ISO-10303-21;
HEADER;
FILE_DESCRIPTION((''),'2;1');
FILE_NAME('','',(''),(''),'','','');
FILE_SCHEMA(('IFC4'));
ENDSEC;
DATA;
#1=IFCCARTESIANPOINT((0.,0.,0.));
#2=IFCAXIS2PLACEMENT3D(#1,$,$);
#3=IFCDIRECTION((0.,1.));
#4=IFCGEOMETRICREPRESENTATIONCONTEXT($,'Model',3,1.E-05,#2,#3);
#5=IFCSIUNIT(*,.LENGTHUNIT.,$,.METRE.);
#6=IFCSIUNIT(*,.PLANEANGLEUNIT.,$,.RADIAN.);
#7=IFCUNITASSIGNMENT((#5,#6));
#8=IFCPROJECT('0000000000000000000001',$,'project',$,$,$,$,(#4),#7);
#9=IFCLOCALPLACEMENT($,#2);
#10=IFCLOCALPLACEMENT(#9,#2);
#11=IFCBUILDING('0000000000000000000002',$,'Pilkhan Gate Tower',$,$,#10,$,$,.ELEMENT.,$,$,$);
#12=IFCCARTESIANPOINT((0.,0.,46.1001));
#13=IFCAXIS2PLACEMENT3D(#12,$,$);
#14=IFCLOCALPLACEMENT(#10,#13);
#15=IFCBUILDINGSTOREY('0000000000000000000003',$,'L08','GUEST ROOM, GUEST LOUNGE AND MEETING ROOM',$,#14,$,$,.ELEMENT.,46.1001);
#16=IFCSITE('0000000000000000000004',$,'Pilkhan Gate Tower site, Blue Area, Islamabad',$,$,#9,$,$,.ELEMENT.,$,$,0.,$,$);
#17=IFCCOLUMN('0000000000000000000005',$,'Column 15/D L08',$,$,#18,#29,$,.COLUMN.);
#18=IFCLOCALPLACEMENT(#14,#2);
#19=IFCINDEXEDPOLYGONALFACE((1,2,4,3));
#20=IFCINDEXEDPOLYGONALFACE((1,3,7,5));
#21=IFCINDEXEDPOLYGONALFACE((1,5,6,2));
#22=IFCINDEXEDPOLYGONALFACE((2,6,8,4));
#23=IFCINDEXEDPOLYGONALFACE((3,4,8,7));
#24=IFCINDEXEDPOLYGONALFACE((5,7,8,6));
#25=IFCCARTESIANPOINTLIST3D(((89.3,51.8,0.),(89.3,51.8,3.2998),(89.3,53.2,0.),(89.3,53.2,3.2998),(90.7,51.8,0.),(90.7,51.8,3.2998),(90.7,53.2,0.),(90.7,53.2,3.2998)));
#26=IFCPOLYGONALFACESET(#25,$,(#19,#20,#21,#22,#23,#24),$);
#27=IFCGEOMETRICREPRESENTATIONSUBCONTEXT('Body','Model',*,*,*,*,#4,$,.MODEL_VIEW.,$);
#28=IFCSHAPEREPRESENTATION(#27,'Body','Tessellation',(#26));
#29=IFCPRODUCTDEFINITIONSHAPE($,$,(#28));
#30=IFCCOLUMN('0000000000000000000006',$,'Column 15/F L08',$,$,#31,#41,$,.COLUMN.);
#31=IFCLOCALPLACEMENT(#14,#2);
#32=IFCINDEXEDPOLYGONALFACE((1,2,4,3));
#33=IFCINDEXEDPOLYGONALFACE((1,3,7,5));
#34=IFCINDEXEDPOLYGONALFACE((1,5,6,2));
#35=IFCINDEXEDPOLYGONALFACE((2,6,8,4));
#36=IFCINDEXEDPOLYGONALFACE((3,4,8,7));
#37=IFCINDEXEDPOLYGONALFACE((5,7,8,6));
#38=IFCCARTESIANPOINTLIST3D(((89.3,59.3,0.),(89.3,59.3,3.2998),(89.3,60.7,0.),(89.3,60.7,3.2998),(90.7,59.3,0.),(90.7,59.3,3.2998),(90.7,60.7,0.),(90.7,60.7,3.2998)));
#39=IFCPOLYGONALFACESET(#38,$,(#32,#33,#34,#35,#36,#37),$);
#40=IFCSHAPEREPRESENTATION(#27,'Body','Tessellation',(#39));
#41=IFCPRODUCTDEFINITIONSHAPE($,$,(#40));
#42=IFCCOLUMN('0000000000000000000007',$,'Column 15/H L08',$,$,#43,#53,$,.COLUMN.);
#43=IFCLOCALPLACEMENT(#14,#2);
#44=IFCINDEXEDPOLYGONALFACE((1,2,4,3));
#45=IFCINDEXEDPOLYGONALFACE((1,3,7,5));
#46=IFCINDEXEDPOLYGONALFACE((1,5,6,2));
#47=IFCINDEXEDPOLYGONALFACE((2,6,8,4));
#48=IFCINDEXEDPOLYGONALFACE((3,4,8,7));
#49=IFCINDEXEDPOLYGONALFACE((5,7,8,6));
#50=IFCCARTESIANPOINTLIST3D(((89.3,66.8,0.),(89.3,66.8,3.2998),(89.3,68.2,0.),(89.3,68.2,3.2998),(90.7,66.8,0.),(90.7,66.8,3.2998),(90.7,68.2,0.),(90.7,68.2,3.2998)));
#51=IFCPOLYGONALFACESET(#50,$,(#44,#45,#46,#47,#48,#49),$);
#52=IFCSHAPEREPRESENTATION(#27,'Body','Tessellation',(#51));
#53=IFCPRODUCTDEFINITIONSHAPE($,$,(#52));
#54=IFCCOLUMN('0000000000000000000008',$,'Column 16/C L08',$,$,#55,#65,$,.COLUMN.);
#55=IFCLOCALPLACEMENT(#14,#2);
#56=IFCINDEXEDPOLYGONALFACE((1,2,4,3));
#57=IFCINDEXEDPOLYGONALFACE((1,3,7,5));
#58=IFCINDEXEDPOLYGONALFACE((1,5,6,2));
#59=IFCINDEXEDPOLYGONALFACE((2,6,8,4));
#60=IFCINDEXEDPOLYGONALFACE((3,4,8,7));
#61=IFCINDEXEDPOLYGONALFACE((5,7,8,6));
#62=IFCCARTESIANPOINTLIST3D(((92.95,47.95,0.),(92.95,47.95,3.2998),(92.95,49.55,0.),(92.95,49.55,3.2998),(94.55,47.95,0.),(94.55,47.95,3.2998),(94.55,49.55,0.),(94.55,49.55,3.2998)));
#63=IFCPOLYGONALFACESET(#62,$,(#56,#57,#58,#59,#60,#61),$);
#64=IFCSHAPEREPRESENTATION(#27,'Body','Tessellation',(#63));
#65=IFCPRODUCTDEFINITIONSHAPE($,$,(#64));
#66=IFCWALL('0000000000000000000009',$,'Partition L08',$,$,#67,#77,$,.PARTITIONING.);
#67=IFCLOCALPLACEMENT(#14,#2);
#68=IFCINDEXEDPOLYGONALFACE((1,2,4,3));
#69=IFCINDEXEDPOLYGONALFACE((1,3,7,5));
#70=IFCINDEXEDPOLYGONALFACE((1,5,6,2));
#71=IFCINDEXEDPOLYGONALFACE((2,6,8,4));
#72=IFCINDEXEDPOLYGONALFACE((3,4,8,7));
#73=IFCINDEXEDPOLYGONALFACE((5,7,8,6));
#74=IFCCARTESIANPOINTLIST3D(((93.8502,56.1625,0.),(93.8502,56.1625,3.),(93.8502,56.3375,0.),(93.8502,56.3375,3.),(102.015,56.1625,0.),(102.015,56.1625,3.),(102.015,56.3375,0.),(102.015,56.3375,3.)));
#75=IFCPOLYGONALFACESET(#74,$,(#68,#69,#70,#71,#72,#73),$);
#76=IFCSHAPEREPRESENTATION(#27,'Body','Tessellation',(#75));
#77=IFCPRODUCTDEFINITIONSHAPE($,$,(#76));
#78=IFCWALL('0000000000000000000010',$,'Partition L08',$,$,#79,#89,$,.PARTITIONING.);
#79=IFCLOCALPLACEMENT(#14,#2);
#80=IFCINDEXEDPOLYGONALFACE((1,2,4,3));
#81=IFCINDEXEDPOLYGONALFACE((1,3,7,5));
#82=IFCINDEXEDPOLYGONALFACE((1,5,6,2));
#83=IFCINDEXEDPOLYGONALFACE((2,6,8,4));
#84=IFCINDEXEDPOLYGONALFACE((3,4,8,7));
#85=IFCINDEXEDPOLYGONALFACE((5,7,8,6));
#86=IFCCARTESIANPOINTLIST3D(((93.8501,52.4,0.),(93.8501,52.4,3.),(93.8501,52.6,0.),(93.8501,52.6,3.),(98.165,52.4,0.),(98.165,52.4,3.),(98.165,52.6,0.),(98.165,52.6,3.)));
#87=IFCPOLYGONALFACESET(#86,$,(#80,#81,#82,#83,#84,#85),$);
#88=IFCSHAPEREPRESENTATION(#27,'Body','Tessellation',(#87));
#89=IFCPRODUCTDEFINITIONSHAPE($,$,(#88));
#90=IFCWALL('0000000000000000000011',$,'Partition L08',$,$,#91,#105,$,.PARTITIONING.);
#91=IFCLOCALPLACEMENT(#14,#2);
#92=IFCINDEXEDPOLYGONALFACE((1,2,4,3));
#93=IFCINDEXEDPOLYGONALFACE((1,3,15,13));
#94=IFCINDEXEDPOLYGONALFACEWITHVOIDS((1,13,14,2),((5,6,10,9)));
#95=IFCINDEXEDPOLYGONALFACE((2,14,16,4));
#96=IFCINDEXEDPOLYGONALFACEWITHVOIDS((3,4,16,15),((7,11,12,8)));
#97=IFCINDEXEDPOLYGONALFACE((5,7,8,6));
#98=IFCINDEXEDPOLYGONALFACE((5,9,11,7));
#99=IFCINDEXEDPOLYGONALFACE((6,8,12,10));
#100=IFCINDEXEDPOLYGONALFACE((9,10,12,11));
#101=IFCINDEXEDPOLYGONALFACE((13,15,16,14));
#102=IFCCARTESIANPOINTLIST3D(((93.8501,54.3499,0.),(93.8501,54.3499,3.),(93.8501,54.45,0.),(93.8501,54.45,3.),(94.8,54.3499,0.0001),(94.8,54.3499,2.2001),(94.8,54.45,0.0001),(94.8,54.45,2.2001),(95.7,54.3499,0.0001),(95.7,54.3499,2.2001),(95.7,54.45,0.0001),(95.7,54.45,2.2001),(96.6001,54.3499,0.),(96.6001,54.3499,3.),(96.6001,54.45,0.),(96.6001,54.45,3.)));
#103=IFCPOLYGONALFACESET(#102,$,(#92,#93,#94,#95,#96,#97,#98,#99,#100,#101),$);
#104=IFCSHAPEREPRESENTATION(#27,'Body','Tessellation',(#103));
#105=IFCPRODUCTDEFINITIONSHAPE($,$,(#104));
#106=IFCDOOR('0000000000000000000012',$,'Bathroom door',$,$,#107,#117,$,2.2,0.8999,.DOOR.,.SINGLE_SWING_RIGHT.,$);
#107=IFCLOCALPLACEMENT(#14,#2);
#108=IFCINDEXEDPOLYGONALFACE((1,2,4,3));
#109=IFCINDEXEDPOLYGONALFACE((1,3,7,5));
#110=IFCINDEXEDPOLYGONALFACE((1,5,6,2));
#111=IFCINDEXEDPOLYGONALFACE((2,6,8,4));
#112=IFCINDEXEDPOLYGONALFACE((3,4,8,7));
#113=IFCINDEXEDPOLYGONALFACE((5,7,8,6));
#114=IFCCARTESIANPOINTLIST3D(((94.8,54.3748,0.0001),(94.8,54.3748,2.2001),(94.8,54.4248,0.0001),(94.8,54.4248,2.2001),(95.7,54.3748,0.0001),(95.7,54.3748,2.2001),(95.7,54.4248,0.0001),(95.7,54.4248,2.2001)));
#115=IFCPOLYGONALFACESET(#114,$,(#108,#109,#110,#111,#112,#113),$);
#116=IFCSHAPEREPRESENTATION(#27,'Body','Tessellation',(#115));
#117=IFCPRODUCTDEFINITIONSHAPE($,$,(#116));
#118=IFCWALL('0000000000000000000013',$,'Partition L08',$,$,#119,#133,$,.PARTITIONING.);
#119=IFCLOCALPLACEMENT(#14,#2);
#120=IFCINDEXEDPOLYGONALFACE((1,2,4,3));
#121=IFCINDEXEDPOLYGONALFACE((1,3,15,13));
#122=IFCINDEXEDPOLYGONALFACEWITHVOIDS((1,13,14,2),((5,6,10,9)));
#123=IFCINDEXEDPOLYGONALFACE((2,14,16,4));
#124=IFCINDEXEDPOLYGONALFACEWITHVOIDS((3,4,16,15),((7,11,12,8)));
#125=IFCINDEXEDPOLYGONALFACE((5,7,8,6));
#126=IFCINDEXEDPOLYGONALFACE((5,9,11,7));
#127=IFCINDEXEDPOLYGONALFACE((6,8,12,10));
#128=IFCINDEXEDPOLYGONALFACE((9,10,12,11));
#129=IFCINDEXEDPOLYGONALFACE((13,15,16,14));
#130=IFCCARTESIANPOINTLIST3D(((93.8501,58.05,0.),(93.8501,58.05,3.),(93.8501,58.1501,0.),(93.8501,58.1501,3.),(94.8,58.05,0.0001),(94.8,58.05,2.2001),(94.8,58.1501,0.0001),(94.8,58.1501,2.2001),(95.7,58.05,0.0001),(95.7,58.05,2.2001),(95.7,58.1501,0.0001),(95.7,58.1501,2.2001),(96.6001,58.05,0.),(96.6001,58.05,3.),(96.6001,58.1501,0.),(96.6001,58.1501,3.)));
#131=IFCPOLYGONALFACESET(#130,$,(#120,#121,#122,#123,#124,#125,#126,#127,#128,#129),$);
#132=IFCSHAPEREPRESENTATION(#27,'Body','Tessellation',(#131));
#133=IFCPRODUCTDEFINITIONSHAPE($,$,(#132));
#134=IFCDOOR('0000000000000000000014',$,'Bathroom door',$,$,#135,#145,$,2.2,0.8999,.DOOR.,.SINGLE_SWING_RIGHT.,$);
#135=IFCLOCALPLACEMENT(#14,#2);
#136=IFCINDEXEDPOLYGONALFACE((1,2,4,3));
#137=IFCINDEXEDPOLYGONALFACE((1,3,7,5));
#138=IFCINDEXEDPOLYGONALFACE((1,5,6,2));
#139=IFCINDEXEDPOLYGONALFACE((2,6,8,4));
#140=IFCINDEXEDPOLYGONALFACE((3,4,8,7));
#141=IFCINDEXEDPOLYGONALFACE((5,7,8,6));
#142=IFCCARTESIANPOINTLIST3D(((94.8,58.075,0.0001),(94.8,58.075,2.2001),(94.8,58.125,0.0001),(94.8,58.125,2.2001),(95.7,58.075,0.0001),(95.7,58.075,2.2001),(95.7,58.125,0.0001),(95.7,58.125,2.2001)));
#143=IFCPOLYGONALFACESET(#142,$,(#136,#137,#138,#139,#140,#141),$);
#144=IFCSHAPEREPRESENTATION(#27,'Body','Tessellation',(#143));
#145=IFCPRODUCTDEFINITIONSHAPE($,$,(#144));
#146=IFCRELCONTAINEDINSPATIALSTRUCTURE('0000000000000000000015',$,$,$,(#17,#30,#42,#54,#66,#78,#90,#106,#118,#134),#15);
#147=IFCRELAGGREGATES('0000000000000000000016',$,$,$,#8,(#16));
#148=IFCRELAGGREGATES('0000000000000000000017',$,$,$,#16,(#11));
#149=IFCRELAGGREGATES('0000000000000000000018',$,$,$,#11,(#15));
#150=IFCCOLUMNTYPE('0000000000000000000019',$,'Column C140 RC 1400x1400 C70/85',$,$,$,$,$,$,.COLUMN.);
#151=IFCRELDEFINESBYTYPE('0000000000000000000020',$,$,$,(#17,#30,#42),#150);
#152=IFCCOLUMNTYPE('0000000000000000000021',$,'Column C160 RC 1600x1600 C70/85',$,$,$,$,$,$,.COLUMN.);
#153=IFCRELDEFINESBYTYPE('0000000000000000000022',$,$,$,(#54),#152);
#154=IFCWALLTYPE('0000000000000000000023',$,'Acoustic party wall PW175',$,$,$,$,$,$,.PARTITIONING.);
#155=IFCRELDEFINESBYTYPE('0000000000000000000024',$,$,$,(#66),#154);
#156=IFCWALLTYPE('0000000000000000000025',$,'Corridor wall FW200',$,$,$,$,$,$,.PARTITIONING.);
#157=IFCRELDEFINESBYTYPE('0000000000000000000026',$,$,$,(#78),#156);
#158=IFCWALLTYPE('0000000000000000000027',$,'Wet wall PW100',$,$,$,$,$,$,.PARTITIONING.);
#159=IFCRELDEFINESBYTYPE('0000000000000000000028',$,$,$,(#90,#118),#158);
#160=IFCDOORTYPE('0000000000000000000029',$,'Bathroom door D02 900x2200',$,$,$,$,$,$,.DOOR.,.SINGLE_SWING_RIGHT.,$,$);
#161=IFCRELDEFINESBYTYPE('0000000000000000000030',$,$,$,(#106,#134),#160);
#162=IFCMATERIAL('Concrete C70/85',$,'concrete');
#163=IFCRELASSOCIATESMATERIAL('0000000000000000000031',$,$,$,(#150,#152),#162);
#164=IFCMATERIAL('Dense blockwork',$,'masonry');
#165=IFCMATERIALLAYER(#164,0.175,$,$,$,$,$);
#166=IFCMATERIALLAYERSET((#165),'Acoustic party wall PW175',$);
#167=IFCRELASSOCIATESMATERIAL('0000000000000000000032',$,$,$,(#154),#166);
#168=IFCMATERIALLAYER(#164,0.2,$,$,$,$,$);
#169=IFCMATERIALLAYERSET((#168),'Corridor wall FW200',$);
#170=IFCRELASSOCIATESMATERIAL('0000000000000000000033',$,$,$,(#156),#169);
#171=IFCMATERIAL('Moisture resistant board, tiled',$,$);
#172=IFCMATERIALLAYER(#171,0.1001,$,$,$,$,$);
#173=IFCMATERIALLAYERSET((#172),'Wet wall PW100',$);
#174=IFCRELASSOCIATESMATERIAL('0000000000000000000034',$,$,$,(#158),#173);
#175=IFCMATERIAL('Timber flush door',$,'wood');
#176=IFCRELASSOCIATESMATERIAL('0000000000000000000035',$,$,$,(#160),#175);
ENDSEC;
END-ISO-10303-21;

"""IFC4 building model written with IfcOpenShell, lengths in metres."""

from ifc_helpers import new_model, si_unit, direction, frame, frame_2d, origin, origin_2d, place, context, subcontext, project, spatial, rectangle, extrude, material, layer, layer_set, material_profile, profile_set, type_object, element, fill, save


model = new_model("IFC4")

# Units and contexts
model_context = context("Model", 3, precision=1e-05, world=origin(), true_north=direction((0.0, 1.0)))
body_context = subcontext(model_context, "Body", "Model", "MODEL_VIEW")
ifc_project = project(units=[si_unit("LENGTHUNIT", "METRE"), si_unit("PLANEANGLEUNIT", "RADIAN")], contexts=[model_context])

# Site, building, storey
site_placement = place(None, origin())
site = spatial("IfcSite", under=ifc_project, at=site_placement, Name="Pilkhan Gate Tower site, Blue Area, Islamabad", CompositionType="ELEMENT", RefElevation=0.0)
building_placement = place(site_placement, origin())
building = spatial("IfcBuilding", under=site, at=building_placement, Name="Pilkhan Gate Tower", CompositionType="ELEMENT")
storey_placement = place(building_placement, frame((0.0, 0.0, 46.1001)))
storey = spatial("IfcBuildingStorey", under=building, at=storey_placement, Name="L08", Description="GUEST ROOM, GUEST LOUNGE AND MEETING ROOM", CompositionType="ELEMENT", Elevation=46.1001)

# Columns
ifc_material_1 = material(Name="Concrete C70/85", Category="concrete")
ifc_material_profile_1 = material_profile(ifc_material_1, rectangle(XDim=1.3999, YDim=1.3999, at=origin_2d()), Name="RC 1400x1400")
ifc_profile_set_1 = profile_set([ifc_material_profile_1], Name="Concrete C70/85")
column_type_1 = type_object("IfcColumnType", Name="Column C140 RC 1400x1400 C70/85", PredefinedType="COLUMN", material=ifc_profile_set_1)
for number, where, z_axis, x_axis, name in (
    (1, (90.0, 52.5, 0.0), (0.0, 0.0, 1.0), (1.0, 0.0, 0.0), "Column 15/D L08"),
    (2, (90.0, 60.0, 0.0), (0.0, 0.0, 1.0), (1.0, 0.0, 0.0), "Column 15/F L08"),
    (3, (90.0, 67.5, 0.0), (0.0, 0.0, 1.0), (1.0, 0.0, 0.0), "Column 15/H L08"),
):
    element("IfcColumn", number, at=place(storey_placement, frame(where, z_axis=z_axis, x_axis=x_axis)), inside=storey, type_object=column_type_1, Name=name, PredefinedType="COLUMN", context=body_context, shape_type="SweptSolid", body=[
        extrude(rectangle(XDim=1.3999, YDim=1.3999, at=origin_2d()), origin(), (0.0, 0.0, 1.0), 3.2998),
    ])
ifc_material_profile_2 = material_profile(ifc_material_1, rectangle(XDim=1.6001, YDim=1.6001, at=origin_2d()), Name="RC 1600x1600")
ifc_profile_set_2 = profile_set([ifc_material_profile_2], Name="Concrete C70/85")
column_type_2 = type_object("IfcColumnType", Name="Column C160 RC 1600x1600 C70/85", PredefinedType="COLUMN", material=ifc_profile_set_2)
column_placement = place(storey_placement, frame((93.75, 48.75, 0.0), z_axis=(0.0, 0.0, 1.0), x_axis=(1.0, 0.0, 0.0)))
element("IfcColumn", 4, at=column_placement, inside=storey, type_object=column_type_2, Name="Column 16/C L08", PredefinedType="COLUMN", context=body_context, shape_type="SweptSolid", body=[
    extrude(rectangle(XDim=1.6001, YDim=1.6001, at=origin_2d()), origin(), (0.0, 0.0, 1.0), 3.2998),
])

# Walls
ifc_material_2 = material(Name="Dense blockwork", Category="masonry")
ifc_layer_1 = layer(ifc_material_2, 0.175)
ifc_layer_set_1 = layer_set([ifc_layer_1], Name="Acoustic party wall PW175")
wall_type_1 = type_object("IfcWallType", Name="Acoustic party wall PW175", PredefinedType="PARTITIONING", material=ifc_layer_set_1)
wall_1_placement = place(storey_placement, frame((93.8501, 56.25, 0.0), z_axis=(0.0, 0.0, 1.0), x_axis=(1.0, 0.0, 0.0)))
element("IfcWall", 5, at=wall_1_placement, inside=storey, type_object=wall_type_1, Name="Partition L08", PredefinedType="PARTITIONING", context=body_context, shape_type="SweptSolid", body=[
    extrude(rectangle(XDim=8.1648, YDim=0.175, at=frame_2d((4.0825, 0.0))), origin(), (0.0, 0.0, 1.0), 3.0),
])
ifc_layer_2 = layer(ifc_material_2, 0.2)
ifc_layer_set_2 = layer_set([ifc_layer_2], Name="Corridor wall FW200")
wall_type_2 = type_object("IfcWallType", Name="Corridor wall FW200", PredefinedType="PARTITIONING", material=ifc_layer_set_2)
wall_2_placement = place(storey_placement, frame((93.8501, 52.5, 0.0), z_axis=(0.0, 0.0, 1.0), x_axis=(1.0, 0.0, 0.0)))
element("IfcWall", 6, at=wall_2_placement, inside=storey, type_object=wall_type_2, Name="Partition L08", PredefinedType="PARTITIONING", context=body_context, shape_type="SweptSolid", body=[
    extrude(rectangle(XDim=4.3149, YDim=0.2, at=frame_2d((2.1575, 0.0))), origin(), (0.0, 0.0, 1.0), 3.0),
])

# Walls, openings, doors
ifc_material_3 = material(Name="Moisture resistant board, tiled")
ifc_layer_3 = layer(ifc_material_3, 0.1001)
ifc_layer_set_3 = layer_set([ifc_layer_3], Name="Wet wall PW100")
wall_type_3 = type_object("IfcWallType", Name="Wet wall PW100", PredefinedType="PARTITIONING", material=ifc_layer_set_3)
wall_3_placement = place(storey_placement, frame((93.8501, 54.3999, 0.0), z_axis=(0.0, 0.0, 1.0), x_axis=(1.0, 0.0, 0.0)))
wall_3 = element("IfcWall", 7, at=wall_3_placement, inside=storey, type_object=wall_type_3, Name="Partition L08", PredefinedType="PARTITIONING", context=body_context, shape_type="SweptSolid", body=[
    extrude(rectangle(XDim=2.75, YDim=0.1001, at=frame_2d((1.375, 0.0))), origin(), (0.0, 0.0, 1.0), 3.0),
])
opening_1_placement = place(wall_3_placement, frame((0.95, 0.0, 0.0)))
opening_1 = element("IfcOpeningElement", 8, at=opening_1_placement, cuts=wall_3, PredefinedType="OPENING", context=body_context, shape_type="SweptSolid", body=[
    extrude(rectangle(XDim=0.8999, YDim=2.2, at=frame_2d((0.45, 1.1001))), frame((0.0, 0.0601, 0.0), z_axis=(0.0, -1.0, 0.0), x_axis=(1.0, 0.0, 0.0)), (0.0, 0.0, 1.0), 0.1201),
])
ifc_material_4 = material(Name="Timber flush door", Category="wood")
door_type_1 = type_object("IfcDoorType", Name="Bathroom door D02 900x2200", OperationType="SINGLE_SWING_RIGHT", PredefinedType="DOOR", material=ifc_material_4)
door_1_placement = place(opening_1_placement, origin())
door_1 = element("IfcDoor", 9, at=door_1_placement, inside=storey, type_object=door_type_1, Name="Bathroom door", OperationType="SINGLE_SWING_RIGHT", OverallHeight=2.2, OverallWidth=0.8999, PredefinedType="DOOR", context=body_context, shape_type="SweptSolid", body=[
    extrude(rectangle(XDim=0.8999, YDim=2.2, at=frame_2d((0.45, 1.1001))), frame((0.0, 0.0249, 0.0), z_axis=(0.0, -1.0, 0.0), x_axis=(1.0, 0.0, 0.0)), (0.0, 0.0, 1.0), 0.05),
])
fill(opening_1, door_1)
wall_4_placement = place(storey_placement, frame((93.8501, 58.1001, 0.0), z_axis=(0.0, 0.0, 1.0), x_axis=(1.0, 0.0, 0.0)))
wall_4 = element("IfcWall", 10, at=wall_4_placement, inside=storey, type_object=wall_type_3, Name="Partition L08", PredefinedType="PARTITIONING", context=body_context, shape_type="SweptSolid", body=[
    extrude(rectangle(XDim=2.75, YDim=0.1001, at=frame_2d((1.375, 0.0))), origin(), (0.0, 0.0, 1.0), 3.0),
])
opening_2_placement = place(wall_4_placement, frame((0.95, 0.0, 0.0)))
opening_2 = element("IfcOpeningElement", 11, at=opening_2_placement, cuts=wall_4, PredefinedType="OPENING", context=body_context, shape_type="SweptSolid", body=[
    extrude(rectangle(XDim=0.8999, YDim=2.2, at=frame_2d((0.45, 1.1001))), frame((0.0, 0.0601, 0.0), z_axis=(0.0, -1.0, 0.0), x_axis=(1.0, 0.0, 0.0)), (0.0, 0.0, 1.0), 0.1201),
])
door_2_placement = place(opening_2_placement, origin())
door_2 = element("IfcDoor", 12, at=door_2_placement, inside=storey, type_object=door_type_1, Name="Bathroom door", OperationType="SINGLE_SWING_RIGHT", OverallHeight=2.2, OverallWidth=0.8999, PredefinedType="DOOR", context=body_context, shape_type="SweptSolid", body=[
    extrude(rectangle(XDim=0.8999, YDim=2.2, at=frame_2d((0.45, 1.1001))), frame((0.0, 0.0249, 0.0), z_axis=(0.0, -1.0, 0.0), x_axis=(1.0, 0.0, 0.0)), (0.0, 0.0, 1.0), 0.05),
])
fill(opening_2, door_2)

save(model, "model.ifc")
